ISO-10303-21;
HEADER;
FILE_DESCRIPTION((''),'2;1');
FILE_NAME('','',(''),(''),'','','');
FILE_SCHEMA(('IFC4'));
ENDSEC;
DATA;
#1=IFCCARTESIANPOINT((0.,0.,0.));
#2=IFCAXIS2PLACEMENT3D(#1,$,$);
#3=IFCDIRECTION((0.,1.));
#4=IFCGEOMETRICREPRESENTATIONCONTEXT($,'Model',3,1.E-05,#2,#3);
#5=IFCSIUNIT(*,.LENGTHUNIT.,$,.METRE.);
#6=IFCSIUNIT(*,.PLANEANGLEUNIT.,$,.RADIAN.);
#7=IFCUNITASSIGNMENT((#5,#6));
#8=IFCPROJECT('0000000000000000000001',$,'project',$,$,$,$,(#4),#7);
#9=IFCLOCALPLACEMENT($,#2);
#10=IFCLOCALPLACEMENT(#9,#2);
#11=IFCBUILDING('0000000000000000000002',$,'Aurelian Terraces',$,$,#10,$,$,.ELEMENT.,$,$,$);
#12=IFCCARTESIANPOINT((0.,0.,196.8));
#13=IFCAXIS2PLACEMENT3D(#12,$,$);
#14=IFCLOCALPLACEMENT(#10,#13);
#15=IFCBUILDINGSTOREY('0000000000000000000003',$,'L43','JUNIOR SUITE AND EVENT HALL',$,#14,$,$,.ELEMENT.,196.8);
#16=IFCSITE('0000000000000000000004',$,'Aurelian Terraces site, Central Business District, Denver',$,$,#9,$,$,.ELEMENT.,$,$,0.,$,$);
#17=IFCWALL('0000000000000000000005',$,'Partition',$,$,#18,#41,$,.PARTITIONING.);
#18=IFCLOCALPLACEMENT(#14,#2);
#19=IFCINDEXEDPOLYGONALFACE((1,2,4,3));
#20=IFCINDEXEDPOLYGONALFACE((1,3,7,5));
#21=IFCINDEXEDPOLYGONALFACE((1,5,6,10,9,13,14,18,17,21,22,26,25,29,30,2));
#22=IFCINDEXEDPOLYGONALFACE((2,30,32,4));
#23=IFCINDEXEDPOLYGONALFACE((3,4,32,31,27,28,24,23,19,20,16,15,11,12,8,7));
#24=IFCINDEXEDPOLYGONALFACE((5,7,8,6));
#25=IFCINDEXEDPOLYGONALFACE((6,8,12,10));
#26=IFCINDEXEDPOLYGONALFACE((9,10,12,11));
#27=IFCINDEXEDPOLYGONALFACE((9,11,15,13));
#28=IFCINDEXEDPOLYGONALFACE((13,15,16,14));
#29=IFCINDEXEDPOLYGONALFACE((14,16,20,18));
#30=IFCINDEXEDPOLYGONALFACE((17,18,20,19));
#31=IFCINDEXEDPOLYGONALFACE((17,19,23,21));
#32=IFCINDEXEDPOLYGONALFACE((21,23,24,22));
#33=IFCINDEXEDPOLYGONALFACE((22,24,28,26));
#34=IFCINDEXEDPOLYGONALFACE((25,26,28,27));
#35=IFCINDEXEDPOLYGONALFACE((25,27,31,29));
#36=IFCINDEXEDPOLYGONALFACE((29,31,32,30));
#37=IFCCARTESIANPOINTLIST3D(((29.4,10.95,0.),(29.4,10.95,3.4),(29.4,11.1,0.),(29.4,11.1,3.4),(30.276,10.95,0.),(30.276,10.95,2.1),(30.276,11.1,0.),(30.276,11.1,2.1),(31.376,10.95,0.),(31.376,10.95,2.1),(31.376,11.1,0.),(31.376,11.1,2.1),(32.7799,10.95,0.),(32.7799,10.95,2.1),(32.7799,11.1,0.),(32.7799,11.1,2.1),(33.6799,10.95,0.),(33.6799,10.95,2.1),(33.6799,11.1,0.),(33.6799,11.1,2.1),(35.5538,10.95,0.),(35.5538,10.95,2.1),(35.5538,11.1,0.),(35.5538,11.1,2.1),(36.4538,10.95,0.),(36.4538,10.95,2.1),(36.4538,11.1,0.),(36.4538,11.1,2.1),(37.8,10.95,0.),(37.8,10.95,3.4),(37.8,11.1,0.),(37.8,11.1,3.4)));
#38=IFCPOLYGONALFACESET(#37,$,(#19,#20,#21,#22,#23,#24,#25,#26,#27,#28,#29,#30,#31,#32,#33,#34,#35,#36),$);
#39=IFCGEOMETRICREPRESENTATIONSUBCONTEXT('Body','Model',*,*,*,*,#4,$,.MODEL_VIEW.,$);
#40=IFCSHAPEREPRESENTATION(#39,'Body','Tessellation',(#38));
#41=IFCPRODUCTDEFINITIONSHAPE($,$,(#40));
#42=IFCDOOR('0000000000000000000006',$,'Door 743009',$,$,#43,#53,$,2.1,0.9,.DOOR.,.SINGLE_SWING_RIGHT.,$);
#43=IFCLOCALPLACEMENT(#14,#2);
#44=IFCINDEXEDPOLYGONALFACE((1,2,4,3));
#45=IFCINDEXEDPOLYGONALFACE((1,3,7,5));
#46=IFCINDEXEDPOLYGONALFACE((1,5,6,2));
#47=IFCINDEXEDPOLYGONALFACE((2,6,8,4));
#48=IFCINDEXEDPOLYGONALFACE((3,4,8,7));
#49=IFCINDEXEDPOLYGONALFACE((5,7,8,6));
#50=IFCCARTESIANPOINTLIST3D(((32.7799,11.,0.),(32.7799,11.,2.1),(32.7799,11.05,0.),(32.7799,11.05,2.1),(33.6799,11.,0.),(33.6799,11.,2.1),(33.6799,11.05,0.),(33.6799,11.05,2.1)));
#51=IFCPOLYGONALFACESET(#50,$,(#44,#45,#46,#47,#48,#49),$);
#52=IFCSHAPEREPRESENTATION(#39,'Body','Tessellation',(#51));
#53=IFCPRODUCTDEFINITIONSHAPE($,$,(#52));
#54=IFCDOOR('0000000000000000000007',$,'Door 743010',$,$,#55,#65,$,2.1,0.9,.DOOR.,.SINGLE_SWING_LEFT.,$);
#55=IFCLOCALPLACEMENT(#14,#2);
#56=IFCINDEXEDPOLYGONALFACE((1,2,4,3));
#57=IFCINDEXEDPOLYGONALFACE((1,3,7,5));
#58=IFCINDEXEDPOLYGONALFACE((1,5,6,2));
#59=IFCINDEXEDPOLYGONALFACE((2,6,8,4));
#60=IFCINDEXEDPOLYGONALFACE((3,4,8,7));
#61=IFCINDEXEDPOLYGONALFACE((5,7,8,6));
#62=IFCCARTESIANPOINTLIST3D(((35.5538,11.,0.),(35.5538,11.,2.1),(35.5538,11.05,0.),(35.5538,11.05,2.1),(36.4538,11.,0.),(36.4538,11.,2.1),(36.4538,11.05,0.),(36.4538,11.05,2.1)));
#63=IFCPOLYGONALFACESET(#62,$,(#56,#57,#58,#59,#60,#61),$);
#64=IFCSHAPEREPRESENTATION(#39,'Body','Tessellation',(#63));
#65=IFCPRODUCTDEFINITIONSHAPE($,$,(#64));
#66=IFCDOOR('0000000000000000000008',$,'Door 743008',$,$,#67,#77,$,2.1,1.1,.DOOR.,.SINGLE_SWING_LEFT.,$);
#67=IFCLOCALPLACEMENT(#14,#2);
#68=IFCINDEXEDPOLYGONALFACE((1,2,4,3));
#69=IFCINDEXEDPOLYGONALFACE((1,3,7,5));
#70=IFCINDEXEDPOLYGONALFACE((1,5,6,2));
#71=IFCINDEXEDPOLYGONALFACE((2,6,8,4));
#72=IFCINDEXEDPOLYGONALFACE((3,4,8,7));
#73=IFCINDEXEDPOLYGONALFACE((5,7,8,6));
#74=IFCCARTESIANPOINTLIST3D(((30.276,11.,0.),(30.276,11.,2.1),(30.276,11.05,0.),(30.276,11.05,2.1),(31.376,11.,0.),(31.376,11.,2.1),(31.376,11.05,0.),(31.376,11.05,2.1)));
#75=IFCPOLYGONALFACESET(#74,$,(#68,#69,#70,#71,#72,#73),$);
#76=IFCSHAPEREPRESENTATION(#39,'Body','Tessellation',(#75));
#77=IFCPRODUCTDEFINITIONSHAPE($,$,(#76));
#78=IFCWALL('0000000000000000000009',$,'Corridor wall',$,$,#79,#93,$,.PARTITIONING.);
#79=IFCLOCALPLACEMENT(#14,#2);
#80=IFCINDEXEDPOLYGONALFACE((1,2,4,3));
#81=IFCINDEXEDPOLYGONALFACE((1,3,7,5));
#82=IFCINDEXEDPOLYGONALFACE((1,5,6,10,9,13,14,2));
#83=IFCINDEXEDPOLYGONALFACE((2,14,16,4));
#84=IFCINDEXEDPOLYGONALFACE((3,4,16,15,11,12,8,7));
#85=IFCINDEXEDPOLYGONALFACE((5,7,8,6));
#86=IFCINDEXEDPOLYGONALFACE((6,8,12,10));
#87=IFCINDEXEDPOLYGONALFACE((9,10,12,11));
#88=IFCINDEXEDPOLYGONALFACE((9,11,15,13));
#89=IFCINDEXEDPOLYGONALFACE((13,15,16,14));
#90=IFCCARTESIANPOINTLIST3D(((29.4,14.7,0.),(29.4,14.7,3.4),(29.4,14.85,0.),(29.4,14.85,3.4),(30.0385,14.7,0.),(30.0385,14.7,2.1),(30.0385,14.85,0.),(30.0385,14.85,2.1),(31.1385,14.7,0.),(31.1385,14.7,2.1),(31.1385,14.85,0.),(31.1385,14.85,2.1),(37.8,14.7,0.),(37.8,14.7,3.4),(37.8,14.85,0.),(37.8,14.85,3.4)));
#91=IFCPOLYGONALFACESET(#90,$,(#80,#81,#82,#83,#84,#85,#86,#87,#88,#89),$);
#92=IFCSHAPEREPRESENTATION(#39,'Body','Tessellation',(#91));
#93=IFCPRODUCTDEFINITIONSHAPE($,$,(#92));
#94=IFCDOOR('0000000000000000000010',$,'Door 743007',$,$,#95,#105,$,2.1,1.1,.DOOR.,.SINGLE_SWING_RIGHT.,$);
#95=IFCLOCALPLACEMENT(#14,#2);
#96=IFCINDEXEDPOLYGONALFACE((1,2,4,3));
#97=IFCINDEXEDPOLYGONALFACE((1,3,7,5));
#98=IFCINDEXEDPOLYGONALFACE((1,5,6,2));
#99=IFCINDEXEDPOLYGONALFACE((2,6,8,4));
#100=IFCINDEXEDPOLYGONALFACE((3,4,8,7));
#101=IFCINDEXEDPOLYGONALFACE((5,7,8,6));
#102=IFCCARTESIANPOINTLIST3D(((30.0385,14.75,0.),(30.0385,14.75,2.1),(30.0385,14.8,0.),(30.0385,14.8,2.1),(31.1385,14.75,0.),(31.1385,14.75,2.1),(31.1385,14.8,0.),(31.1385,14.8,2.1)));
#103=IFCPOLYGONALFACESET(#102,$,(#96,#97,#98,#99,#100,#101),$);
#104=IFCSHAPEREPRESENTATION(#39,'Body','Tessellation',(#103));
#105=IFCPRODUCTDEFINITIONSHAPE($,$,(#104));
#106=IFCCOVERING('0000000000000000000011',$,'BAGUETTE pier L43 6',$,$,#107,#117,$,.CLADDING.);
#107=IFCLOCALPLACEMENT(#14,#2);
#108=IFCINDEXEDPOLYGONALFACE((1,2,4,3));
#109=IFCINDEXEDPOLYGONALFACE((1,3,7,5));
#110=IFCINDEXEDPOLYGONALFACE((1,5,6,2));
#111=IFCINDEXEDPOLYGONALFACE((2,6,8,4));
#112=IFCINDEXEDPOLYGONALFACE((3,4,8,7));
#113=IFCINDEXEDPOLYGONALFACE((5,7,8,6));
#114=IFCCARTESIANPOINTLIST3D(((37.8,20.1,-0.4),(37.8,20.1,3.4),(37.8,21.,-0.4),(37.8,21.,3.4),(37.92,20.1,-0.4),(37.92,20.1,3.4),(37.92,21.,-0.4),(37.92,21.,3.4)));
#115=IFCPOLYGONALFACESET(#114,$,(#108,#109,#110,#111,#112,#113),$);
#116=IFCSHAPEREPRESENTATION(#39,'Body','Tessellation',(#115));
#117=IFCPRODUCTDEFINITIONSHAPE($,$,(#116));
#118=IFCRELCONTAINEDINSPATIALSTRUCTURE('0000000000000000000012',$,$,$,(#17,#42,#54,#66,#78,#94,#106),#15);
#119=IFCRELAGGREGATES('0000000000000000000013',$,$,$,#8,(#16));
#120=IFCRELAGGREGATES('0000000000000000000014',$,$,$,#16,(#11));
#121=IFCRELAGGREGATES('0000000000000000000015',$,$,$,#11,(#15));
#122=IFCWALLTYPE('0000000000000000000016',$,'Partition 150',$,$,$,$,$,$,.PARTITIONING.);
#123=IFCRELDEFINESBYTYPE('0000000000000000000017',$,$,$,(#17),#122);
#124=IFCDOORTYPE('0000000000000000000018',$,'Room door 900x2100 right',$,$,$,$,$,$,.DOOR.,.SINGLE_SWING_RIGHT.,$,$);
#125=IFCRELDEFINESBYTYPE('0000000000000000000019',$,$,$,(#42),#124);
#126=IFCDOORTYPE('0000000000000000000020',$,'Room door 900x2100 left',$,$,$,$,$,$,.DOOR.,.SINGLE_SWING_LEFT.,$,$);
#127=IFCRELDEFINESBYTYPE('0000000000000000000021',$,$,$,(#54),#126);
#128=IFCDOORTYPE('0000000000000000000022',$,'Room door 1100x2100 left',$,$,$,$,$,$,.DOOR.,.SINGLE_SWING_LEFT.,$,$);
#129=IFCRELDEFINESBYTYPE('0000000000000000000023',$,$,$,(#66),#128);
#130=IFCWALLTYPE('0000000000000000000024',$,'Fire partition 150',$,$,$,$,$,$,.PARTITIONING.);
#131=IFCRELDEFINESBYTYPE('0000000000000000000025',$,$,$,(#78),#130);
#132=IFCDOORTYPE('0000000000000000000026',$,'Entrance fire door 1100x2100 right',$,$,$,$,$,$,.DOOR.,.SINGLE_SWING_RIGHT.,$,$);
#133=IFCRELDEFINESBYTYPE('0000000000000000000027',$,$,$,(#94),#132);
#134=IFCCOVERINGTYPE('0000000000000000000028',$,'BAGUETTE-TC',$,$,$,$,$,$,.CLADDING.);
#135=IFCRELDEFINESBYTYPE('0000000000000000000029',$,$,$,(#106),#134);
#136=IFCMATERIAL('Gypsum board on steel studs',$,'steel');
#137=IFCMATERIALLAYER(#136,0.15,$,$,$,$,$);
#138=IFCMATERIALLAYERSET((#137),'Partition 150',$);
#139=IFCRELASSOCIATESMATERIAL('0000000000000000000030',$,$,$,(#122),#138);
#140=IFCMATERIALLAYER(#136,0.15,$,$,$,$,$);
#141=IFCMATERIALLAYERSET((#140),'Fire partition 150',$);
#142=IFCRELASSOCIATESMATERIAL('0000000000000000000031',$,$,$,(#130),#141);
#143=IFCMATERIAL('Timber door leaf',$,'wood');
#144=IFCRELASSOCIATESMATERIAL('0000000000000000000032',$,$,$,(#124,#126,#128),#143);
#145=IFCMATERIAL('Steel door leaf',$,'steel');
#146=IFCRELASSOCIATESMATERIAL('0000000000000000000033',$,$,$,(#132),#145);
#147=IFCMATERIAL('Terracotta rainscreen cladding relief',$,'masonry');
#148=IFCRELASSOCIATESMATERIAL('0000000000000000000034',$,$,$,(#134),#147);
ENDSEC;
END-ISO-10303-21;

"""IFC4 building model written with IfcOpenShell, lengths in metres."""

from ifc_helpers import new_model, si_unit, direction, frame, frame_2d, origin, origin_2d, place, context, subcontext, project, spatial, rectangle, extrude, source, transform, mapped, material, layer, layer_set, type_object, element, fill, save


model = new_model("IFC4")

# Units and contexts
model_context = context("Model", 3, precision=1e-05, world=origin(), true_north=direction((0.0, 1.0)))
body_context = subcontext(model_context, "Body", "Model", "MODEL_VIEW")
ifc_project = project(units=[si_unit("LENGTHUNIT", "METRE"), si_unit("PLANEANGLEUNIT", "RADIAN")], contexts=[model_context])

# Site, building, storey
site_placement = place(None, origin())
site = spatial("IfcSite", under=ifc_project, at=site_placement, Name="Aurelian Terraces site, Central Business District, Denver", CompositionType="ELEMENT", RefElevation=0.0)
building_placement = place(site_placement, origin())
building = spatial("IfcBuilding", under=site, at=building_placement, Name="Aurelian Terraces", CompositionType="ELEMENT")
storey_placement = place(building_placement, frame((0.0, 0.0, 196.8)))
storey = spatial("IfcBuildingStorey", under=building, at=storey_placement, Name="L43", Description="JUNIOR SUITE AND EVENT HALL", CompositionType="ELEMENT", Elevation=196.8)

# Shared definitions
ifc_material_1 = material(Name="Timber door leaf", Category="wood")

# Shared definitions
ifc_material_2 = material(Name="Gypsum board on steel studs", Category="steel")
ifc_layer_1 = layer(ifc_material_2, 0.15)
ifc_layer_set_1 = layer_set([ifc_layer_1], Name="Partition 150")
wall_type_1 = type_object("IfcWallType", Name="Partition 150", PredefinedType="PARTITIONING", material=ifc_layer_set_1)
ifc_layer_2 = layer(ifc_material_2, 0.15)
ifc_layer_set_2 = layer_set([ifc_layer_2], Name="Fire partition 150")
wall_type_2 = type_object("IfcWallType", Name="Fire partition 150", PredefinedType="PARTITIONING", material=ifc_layer_set_2)

# Wall, openings, doors
shared_shape_1 = source(origin(), body_context, "Body", "SweptSolid", [
    extrude(rectangle(XDim=8.4, YDim=0.15, at=frame_2d((4.2, 0.0))), origin(), (0.0, 0.0, 1.0), 3.4),
])
wall_1_placement = place(storey_placement, frame((37.8, 11.025, 0.0), z_axis=(0.0, 0.0, 1.0), x_axis=(-1.0, 0.0, 0.0)))
wall_1 = element("IfcWall", 1, at=wall_1_placement, inside=storey, type_object=wall_type_1, Name="Partition", PredefinedType="PARTITIONING", context=body_context, shape_type="MappedRepresentation", body=[
    mapped(shared_shape_1, transform((0.0, 0.0, 0.0), scale=1.0)),
])
shared_shape_2 = source(origin(), body_context, "Body", "SweptSolid", [
    extrude(rectangle(XDim=1.1, YDim=2.1, at=frame_2d((0.55, 1.05))), frame((0.0, 0.085, 0.0), z_axis=(0.0, -1.0, 0.0), x_axis=(1.0, 0.0, 0.0)), (0.0, 0.0, 1.0), 0.17),
])
opening_1_placement = place(wall_1_placement, frame((6.424, 0.0, 0.0)))
opening_1 = element("IfcOpeningElement", 2, at=opening_1_placement, cuts=wall_1, PredefinedType="OPENING", context=body_context, shape_type="MappedRepresentation", body=[
    mapped(shared_shape_2, transform((0.0, 0.0, 0.0), scale=1.0)),
])
shared_shape_3 = source(origin(), body_context, "Body", "SweptSolid", [
    extrude(rectangle(XDim=0.9, YDim=2.1, at=frame_2d((0.45, 1.05))), frame((0.0, 0.085, 0.0), z_axis=(0.0, -1.0, 0.0), x_axis=(1.0, 0.0, 0.0)), (0.0, 0.0, 1.0), 0.17),
])
opening_2_placement = place(wall_1_placement, frame((4.1201, 0.0, 0.0)))
opening_2 = element("IfcOpeningElement", 3, at=opening_2_placement, cuts=wall_1, PredefinedType="OPENING", context=body_context, shape_type="MappedRepresentation", body=[
    mapped(shared_shape_3, transform((0.0, 0.0, 0.0), scale=1.0)),
])
opening_3_placement = place(wall_1_placement, frame((1.3462, 0.0, 0.0)))
opening_3 = element("IfcOpeningElement", 4, at=opening_3_placement, cuts=wall_1, PredefinedType="OPENING", context=body_context, shape_type="MappedRepresentation", body=[
    mapped(shared_shape_3, transform((0.0, 0.0, 0.0), scale=1.0)),
])
door_type_1 = type_object("IfcDoorType", Name="Room door 900x2100 right", OperationType="SINGLE_SWING_RIGHT", PredefinedType="DOOR", material=ifc_material_1)
shared_shape_4 = source(origin(), body_context, "Body", "SweptSolid", [
    extrude(rectangle(XDim=0.9, YDim=2.1, at=frame_2d((0.45, 1.05))), frame((0.0, 0.025, 0.0), z_axis=(0.0, -1.0, 0.0), x_axis=(1.0, 0.0, 0.0)), (0.0, 0.0, 1.0), 0.05),
])
door_1_placement = place(opening_2_placement, origin())
door_1 = element("IfcDoor", 5, at=door_1_placement, inside=storey, type_object=door_type_1, Name="Door 743009", OperationType="SINGLE_SWING_RIGHT", OverallHeight=2.1, OverallWidth=0.9, PredefinedType="DOOR", context=body_context, shape_type="MappedRepresentation", body=[
    mapped(shared_shape_4, transform((0.0, 0.0, 0.0), scale=1.0)),
])
fill(opening_2, door_1)
door_type_2 = type_object("IfcDoorType", Name="Room door 900x2100 left", OperationType="SINGLE_SWING_LEFT", PredefinedType="DOOR", material=ifc_material_1)
door_2_placement = place(opening_3_placement, origin())
door_2 = element("IfcDoor", 6, at=door_2_placement, inside=storey, type_object=door_type_2, Name="Door 743010", OperationType="SINGLE_SWING_LEFT", OverallHeight=2.1, OverallWidth=0.9, PredefinedType="DOOR", context=body_context, shape_type="MappedRepresentation", body=[
    mapped(shared_shape_4, transform((0.0, 0.0, 0.0), scale=1.0)),
])
fill(opening_3, door_2)
door_type_3 = type_object("IfcDoorType", Name="Room door 1100x2100 left", OperationType="SINGLE_SWING_LEFT", PredefinedType="DOOR", material=ifc_material_1)
shared_shape_5 = source(origin(), body_context, "Body", "SweptSolid", [
    extrude(rectangle(XDim=1.1, YDim=2.1, at=frame_2d((0.55, 1.05))), frame((0.0, 0.025, 0.0), z_axis=(0.0, -1.0, 0.0), x_axis=(1.0, 0.0, 0.0)), (0.0, 0.0, 1.0), 0.05),
])
door_3_placement = place(opening_1_placement, origin())
door_3 = element("IfcDoor", 7, at=door_3_placement, inside=storey, type_object=door_type_3, Name="Door 743008", OperationType="SINGLE_SWING_LEFT", OverallHeight=2.1, OverallWidth=1.1, PredefinedType="DOOR", context=body_context, shape_type="MappedRepresentation", body=[
    mapped(shared_shape_5, transform((0.0, 0.0, 0.0), scale=1.0)),
])
fill(opening_1, door_3)

# Wall, opening, door
wall_2_placement = place(storey_placement, frame((37.8, 14.775, 0.0), z_axis=(0.0, 0.0, 1.0), x_axis=(-1.0, 0.0, 0.0)))
wall_2 = element("IfcWall", 8, at=wall_2_placement, inside=storey, type_object=wall_type_2, Name="Corridor wall", PredefinedType="PARTITIONING", context=body_context, shape_type="MappedRepresentation", body=[
    mapped(shared_shape_1, transform((0.0, 0.0, 0.0), scale=1.0)),
])
opening_4_placement = place(wall_2_placement, frame((6.6615, 0.0, 0.0)))
opening_4 = element("IfcOpeningElement", 9, at=opening_4_placement, cuts=wall_2, PredefinedType="OPENING", context=body_context, shape_type="MappedRepresentation", body=[
    mapped(shared_shape_2, transform((0.0, 0.0, 0.0), scale=1.0)),
])
ifc_material_3 = material(Name="Steel door leaf", Category="steel")
door_type_4 = type_object("IfcDoorType", Name="Entrance fire door 1100x2100 right", OperationType="SINGLE_SWING_RIGHT", PredefinedType="DOOR", material=ifc_material_3)
door_4_placement = place(opening_4_placement, origin())
door_4 = element("IfcDoor", 10, at=door_4_placement, inside=storey, type_object=door_type_4, Name="Door 743007", OperationType="SINGLE_SWING_RIGHT", OverallHeight=2.1, OverallWidth=1.1, PredefinedType="DOOR", context=body_context, shape_type="MappedRepresentation", body=[
    mapped(shared_shape_5, transform((0.0, 0.0, 0.0), scale=1.0)),
])
fill(opening_4, door_4)

# Covering
ifc_material_4 = material(Name="Terracotta rainscreen cladding relief", Category="masonry")
covering_type = type_object("IfcCoveringType", Name="BAGUETTE-TC", PredefinedType="CLADDING", material=ifc_material_4)
shared_shape_6 = source(origin(), body_context, "Body", "SweptSolid", [
    extrude(rectangle(XDim=0.12, YDim=0.9, at=origin_2d()), origin(), (0.0, 0.0, 1.0), 3.8),
])
covering_placement = place(storey_placement, frame((37.86, 20.55, -0.4), z_axis=(0.0, 0.0, 1.0), x_axis=(1.0, 0.0, 0.0)))
element("IfcCovering", 11, at=covering_placement, inside=storey, type_object=covering_type, Name="BAGUETTE pier L43 6", PredefinedType="CLADDING", context=body_context, shape_type="MappedRepresentation", body=[
    mapped(shared_shape_6, transform((0.0, 0.0, 0.0), scale=1.0)),
])

save(model, "model.ifc")
